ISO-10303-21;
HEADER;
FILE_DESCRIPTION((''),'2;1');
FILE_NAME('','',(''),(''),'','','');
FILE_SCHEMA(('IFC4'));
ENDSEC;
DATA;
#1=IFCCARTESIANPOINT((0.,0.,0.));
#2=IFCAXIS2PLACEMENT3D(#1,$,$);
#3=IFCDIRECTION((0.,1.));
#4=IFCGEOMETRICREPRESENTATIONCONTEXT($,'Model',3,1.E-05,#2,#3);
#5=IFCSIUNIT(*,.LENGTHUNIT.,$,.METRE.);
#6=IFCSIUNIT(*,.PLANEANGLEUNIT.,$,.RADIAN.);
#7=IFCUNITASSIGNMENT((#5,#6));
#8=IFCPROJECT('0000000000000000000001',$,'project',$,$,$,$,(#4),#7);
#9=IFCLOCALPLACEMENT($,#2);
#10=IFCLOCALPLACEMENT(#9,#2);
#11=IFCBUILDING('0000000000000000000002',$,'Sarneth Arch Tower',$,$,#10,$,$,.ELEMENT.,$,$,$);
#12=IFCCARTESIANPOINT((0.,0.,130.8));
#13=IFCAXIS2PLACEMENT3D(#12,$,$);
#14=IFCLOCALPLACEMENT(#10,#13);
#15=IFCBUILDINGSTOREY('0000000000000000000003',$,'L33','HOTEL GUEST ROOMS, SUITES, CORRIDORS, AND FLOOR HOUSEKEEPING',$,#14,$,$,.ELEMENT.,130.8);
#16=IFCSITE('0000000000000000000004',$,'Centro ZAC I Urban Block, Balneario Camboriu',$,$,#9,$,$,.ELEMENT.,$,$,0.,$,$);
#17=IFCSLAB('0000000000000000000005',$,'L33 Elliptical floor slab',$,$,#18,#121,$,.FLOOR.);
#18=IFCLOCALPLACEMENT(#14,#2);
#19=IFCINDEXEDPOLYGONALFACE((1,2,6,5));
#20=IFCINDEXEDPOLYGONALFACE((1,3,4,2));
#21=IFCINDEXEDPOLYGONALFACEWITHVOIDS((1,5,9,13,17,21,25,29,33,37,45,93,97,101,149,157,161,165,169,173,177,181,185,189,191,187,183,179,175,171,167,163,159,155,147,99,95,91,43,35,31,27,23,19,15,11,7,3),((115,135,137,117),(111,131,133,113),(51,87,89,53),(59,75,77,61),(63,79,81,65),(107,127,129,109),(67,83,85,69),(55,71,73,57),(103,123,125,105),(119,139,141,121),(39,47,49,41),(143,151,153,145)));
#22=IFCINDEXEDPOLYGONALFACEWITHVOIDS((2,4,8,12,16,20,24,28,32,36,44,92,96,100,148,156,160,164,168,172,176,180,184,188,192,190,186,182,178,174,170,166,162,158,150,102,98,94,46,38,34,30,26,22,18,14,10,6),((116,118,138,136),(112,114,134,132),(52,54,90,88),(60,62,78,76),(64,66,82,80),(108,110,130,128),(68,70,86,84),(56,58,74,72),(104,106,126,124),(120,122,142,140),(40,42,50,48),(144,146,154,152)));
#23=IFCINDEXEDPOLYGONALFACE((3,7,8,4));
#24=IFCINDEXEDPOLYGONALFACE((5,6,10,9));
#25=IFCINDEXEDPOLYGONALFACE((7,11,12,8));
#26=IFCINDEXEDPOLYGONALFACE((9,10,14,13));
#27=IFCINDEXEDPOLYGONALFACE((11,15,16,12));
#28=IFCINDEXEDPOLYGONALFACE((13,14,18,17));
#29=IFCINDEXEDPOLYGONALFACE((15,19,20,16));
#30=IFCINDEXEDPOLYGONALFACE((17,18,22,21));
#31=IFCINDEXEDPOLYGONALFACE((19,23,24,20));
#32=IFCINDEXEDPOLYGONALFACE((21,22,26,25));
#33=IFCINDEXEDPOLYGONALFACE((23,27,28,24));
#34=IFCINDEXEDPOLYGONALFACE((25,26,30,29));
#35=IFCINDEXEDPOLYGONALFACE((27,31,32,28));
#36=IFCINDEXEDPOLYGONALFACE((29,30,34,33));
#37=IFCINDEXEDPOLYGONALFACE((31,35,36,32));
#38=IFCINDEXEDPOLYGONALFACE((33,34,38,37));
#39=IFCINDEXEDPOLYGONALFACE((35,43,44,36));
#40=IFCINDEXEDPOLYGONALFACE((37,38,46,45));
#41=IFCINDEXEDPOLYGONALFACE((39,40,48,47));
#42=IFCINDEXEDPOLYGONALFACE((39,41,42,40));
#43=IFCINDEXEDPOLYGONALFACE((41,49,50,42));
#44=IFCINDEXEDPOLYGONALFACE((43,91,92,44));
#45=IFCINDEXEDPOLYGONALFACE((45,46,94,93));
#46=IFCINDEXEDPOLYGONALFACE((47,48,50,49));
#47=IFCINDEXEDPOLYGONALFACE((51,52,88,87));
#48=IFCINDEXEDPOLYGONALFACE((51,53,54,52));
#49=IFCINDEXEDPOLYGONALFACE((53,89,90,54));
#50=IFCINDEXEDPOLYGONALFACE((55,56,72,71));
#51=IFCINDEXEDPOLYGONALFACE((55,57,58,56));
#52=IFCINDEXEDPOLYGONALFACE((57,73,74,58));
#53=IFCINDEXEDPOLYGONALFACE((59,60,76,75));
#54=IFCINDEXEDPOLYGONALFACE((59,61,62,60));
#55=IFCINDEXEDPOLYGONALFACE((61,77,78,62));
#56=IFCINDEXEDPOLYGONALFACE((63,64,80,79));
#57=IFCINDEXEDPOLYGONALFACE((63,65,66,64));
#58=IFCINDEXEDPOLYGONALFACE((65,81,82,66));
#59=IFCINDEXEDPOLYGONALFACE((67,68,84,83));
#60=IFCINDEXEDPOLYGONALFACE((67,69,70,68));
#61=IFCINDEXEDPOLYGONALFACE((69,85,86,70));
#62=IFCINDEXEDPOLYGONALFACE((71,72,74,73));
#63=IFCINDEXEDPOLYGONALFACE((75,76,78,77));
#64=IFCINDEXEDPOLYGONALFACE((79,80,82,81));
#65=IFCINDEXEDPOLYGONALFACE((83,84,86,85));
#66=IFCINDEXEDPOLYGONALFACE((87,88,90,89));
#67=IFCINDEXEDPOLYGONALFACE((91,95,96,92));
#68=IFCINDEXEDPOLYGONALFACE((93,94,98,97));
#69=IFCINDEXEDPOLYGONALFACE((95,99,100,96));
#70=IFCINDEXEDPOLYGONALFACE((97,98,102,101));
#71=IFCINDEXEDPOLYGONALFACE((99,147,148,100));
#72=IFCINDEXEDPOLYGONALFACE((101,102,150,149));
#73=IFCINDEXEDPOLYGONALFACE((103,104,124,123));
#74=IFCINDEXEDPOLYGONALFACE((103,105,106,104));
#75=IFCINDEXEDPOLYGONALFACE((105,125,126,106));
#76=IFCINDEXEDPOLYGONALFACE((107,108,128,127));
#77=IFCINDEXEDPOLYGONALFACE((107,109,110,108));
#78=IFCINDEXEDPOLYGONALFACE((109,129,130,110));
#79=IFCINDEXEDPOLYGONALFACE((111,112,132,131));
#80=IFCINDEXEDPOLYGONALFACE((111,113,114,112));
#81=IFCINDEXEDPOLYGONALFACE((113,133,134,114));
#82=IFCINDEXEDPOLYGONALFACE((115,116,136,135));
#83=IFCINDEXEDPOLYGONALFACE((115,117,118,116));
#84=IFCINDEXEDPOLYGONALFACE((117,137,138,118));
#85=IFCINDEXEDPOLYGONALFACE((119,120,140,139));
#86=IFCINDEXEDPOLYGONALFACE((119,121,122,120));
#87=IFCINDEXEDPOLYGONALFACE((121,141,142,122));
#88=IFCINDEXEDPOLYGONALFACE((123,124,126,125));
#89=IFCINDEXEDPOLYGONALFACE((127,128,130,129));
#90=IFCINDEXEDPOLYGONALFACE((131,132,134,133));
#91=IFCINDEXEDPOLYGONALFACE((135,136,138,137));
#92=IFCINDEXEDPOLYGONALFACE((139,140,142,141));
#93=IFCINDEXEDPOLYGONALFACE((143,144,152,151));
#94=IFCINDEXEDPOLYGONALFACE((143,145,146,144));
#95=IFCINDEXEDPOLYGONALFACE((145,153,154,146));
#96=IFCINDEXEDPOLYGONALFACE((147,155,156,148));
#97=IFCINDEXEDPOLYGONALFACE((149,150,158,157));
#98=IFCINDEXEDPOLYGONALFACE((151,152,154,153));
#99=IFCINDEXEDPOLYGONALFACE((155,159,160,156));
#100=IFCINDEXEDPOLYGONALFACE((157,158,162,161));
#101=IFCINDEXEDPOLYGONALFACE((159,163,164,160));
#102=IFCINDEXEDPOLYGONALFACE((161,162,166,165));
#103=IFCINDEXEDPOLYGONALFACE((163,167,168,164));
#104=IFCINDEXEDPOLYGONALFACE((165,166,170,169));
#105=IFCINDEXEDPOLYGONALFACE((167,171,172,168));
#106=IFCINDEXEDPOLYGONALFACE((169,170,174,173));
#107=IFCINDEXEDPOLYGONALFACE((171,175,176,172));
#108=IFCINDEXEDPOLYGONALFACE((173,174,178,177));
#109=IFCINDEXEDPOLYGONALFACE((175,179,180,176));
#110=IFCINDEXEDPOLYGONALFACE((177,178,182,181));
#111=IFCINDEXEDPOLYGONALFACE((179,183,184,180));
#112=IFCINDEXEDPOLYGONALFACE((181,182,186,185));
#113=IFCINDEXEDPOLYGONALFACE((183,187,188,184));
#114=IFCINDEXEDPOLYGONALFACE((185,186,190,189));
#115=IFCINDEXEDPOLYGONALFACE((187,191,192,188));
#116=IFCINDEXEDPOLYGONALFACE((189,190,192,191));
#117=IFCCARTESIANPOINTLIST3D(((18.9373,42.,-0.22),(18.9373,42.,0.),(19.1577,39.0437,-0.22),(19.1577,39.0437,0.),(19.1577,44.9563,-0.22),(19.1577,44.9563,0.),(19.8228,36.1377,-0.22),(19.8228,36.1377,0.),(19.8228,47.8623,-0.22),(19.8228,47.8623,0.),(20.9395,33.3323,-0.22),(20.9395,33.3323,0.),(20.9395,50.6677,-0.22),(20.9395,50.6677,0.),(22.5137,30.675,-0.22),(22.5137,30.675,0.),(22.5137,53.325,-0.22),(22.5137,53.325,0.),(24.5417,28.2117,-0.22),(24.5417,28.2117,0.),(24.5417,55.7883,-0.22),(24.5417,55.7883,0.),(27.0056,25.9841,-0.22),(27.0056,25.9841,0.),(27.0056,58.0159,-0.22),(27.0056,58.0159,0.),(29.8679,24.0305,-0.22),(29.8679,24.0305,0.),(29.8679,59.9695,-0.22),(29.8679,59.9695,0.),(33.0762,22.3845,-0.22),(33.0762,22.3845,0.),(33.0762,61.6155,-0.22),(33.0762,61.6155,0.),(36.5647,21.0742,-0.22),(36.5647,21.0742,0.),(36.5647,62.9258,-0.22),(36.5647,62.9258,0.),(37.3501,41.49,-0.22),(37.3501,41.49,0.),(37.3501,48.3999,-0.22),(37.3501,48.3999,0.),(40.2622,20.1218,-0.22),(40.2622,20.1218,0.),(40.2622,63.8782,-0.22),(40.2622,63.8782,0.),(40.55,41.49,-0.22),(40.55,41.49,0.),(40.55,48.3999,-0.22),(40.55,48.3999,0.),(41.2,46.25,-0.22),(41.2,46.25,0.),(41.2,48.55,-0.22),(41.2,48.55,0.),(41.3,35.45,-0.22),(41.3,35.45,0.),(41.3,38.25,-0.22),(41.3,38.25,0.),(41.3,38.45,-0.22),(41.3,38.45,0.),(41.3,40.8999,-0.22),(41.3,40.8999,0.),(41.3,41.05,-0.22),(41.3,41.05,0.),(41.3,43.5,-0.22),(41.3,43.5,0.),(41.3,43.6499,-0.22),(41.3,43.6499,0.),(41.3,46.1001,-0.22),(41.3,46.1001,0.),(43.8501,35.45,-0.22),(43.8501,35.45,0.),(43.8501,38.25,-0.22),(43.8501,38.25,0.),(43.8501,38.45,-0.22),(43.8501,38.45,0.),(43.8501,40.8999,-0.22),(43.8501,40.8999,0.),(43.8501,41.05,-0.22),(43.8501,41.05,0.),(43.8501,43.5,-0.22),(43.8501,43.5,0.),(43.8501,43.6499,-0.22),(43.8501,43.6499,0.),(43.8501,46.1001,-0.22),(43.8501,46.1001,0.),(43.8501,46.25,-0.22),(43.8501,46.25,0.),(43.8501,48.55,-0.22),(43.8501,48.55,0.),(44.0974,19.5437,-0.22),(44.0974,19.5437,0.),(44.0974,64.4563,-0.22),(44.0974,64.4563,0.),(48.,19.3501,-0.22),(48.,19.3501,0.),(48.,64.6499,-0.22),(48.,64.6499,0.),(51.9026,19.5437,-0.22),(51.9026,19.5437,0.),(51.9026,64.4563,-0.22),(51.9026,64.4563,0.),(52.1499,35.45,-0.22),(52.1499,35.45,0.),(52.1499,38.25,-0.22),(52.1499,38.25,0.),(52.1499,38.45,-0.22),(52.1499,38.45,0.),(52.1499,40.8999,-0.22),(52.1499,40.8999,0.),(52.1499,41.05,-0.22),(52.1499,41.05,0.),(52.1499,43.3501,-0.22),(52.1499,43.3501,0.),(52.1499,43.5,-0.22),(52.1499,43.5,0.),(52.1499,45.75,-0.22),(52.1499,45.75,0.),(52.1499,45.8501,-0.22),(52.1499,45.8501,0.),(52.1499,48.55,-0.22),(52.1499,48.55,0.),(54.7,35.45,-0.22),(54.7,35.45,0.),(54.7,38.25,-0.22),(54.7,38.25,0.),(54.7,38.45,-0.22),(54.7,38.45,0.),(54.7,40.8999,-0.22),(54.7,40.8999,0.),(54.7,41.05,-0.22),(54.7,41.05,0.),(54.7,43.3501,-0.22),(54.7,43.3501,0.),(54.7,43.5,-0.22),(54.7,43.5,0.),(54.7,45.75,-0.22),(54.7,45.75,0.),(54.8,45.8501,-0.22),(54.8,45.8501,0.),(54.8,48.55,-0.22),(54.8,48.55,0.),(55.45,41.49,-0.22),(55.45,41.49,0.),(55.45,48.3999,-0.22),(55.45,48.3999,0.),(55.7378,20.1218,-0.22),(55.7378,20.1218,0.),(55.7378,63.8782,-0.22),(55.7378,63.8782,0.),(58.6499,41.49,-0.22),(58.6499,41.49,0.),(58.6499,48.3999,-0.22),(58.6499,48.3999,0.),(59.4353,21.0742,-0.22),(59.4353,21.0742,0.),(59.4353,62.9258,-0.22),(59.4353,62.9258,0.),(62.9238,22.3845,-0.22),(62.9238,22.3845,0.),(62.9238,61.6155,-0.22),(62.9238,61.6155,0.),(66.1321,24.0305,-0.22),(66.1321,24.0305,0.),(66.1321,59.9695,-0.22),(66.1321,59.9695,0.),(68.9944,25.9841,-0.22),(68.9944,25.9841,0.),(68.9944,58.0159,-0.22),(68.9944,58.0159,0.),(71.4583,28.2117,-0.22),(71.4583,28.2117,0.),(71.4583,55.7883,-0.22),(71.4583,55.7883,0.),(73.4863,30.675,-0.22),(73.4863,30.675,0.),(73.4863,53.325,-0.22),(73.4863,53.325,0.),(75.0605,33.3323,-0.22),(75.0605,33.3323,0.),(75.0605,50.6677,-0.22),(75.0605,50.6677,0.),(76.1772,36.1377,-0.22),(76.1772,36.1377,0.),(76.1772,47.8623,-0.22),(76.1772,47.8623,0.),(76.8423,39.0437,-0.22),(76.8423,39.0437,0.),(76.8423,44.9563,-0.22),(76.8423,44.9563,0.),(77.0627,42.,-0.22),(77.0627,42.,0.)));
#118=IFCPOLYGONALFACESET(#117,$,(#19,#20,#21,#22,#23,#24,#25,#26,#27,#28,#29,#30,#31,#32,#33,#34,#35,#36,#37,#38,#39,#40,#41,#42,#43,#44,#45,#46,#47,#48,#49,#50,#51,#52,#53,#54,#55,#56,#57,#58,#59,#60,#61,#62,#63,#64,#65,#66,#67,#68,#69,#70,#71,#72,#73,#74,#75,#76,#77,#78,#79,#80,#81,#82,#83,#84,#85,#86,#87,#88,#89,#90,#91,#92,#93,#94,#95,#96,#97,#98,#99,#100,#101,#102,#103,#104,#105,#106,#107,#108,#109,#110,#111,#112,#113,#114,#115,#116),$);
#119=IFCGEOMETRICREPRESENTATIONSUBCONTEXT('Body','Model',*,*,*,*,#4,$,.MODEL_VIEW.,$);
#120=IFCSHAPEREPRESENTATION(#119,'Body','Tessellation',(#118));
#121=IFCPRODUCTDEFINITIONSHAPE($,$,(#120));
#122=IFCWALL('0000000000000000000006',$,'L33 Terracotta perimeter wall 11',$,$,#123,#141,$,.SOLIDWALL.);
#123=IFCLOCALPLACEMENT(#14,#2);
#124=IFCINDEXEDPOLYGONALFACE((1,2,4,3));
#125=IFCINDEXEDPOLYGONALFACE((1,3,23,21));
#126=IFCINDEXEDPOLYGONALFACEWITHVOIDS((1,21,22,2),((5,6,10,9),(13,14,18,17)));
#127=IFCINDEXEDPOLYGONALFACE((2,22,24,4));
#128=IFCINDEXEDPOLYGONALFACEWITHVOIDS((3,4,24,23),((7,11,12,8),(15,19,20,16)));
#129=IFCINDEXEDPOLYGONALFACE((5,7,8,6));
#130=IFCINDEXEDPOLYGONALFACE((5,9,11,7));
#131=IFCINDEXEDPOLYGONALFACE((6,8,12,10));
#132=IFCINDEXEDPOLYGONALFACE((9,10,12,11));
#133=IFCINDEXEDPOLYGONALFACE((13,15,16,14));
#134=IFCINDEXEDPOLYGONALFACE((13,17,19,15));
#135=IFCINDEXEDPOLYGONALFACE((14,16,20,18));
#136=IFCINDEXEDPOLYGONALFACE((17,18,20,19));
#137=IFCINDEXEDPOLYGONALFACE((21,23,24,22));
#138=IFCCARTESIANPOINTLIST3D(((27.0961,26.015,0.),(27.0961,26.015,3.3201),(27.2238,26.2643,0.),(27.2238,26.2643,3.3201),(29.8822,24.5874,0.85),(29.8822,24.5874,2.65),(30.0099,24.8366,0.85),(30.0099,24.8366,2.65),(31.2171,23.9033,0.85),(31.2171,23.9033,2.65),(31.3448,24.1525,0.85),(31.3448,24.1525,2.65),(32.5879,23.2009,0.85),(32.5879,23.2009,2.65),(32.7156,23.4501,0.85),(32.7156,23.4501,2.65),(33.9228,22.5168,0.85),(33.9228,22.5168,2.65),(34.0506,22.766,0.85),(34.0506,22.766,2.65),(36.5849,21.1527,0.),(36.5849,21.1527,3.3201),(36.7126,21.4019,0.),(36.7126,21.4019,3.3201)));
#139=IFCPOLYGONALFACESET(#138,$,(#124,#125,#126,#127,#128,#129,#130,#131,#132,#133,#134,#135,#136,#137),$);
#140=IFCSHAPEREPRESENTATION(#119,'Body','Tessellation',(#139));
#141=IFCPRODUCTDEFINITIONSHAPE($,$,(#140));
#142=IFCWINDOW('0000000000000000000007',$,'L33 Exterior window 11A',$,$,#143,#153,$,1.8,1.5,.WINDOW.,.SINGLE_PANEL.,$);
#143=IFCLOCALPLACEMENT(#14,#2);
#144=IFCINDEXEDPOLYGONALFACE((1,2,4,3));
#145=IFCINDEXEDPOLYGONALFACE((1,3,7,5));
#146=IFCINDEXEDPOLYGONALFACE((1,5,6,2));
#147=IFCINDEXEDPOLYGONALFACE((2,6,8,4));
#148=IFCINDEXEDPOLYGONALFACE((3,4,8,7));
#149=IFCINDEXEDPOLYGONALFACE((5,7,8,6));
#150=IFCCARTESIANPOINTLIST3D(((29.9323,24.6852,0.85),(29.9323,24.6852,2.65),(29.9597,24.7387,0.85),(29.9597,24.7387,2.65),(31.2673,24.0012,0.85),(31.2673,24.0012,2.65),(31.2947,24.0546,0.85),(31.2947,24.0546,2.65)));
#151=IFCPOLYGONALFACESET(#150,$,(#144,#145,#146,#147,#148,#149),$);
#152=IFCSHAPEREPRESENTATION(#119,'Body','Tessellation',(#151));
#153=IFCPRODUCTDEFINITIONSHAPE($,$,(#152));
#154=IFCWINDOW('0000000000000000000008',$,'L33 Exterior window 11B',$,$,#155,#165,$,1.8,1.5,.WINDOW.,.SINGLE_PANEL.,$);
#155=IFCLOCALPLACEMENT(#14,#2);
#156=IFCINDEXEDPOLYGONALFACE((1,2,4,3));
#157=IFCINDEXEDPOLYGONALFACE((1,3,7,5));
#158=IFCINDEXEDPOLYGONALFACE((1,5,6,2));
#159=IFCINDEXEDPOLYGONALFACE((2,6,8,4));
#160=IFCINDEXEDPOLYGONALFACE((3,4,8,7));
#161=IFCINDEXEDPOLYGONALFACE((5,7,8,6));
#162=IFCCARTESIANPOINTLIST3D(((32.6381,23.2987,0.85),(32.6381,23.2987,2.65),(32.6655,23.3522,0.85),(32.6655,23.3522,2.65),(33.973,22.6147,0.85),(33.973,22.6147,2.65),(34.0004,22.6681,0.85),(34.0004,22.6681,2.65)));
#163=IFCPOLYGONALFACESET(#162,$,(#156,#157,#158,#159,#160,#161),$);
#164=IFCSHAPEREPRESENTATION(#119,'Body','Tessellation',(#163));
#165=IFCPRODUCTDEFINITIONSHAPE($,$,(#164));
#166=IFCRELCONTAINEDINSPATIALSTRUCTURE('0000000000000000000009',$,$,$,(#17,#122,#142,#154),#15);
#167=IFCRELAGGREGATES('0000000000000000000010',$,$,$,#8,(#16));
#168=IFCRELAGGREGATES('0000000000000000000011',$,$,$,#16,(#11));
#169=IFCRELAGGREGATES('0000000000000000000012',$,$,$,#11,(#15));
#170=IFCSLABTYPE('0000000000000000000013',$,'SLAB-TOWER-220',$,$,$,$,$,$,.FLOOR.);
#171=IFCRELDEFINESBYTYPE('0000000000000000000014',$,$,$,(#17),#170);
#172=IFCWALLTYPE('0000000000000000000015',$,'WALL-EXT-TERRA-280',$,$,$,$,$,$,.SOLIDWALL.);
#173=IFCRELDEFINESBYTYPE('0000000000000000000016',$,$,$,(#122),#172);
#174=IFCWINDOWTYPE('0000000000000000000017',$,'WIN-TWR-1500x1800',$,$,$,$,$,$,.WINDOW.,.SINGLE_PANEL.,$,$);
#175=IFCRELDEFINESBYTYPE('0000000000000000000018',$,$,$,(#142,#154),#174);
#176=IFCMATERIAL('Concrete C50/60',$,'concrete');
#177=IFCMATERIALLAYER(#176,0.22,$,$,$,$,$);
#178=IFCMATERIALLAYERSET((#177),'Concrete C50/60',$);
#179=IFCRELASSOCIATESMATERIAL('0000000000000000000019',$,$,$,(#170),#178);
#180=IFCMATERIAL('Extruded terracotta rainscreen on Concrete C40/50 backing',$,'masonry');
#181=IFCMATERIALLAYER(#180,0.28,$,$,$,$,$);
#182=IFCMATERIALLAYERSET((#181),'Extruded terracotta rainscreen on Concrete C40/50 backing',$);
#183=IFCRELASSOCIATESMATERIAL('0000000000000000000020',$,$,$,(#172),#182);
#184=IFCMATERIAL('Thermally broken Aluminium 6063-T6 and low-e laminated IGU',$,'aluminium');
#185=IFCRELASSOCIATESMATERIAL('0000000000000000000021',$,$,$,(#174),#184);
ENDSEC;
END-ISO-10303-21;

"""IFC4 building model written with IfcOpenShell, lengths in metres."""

from ifc_helpers import new_model, si_unit, direction, frame, frame_2d, origin, place, context, subcontext, project, spatial, polyline, rectangle, outline, extrude, material, layer, layer_set, type_object, element, fill, save


model = new_model("IFC4")

# Units and contexts
model_context = context("Model", 3, precision=1e-05, world=origin(), true_north=direction((0.0, 1.0)))
body_context = subcontext(model_context, "Body", "Model", "MODEL_VIEW")
ifc_project = project(units=[si_unit("LENGTHUNIT", "METRE"), si_unit("PLANEANGLEUNIT", "RADIAN")], contexts=[model_context])

# Site, building, storey
site_placement = place(None, origin())
site = spatial("IfcSite", under=ifc_project, at=site_placement, Name="Centro ZAC I Urban Block, Balneario Camboriu", CompositionType="ELEMENT", RefElevation=0.0)
building_placement = place(site_placement, origin())
building = spatial("IfcBuilding", under=site, at=building_placement, Name="Sarneth Arch Tower", CompositionType="ELEMENT")
storey_placement = place(building_placement, frame((0.0, 0.0, 130.8)))
storey = spatial("IfcBuildingStorey", under=building, at=storey_placement, Name="L33", Description="HOTEL GUEST ROOMS, SUITES, CORRIDORS, AND FLOOR HOUSEKEEPING", CompositionType="ELEMENT", Elevation=130.8)

# Slab
ifc_material_1 = material(Name="Concrete C50/60", Category="concrete")
ifc_layer_1 = layer(ifc_material_1, 0.22)
ifc_layer_set_1 = layer_set([ifc_layer_1], Name="Concrete C50/60")
slab_type_1 = type_object("IfcSlabType", Name="SLAB-TOWER-220", PredefinedType="FLOOR", material=ifc_layer_set_1)
slab_1_placement = place(storey_placement, frame((0.0, 0.0, -0.22)))
element("IfcSlab", 1, at=slab_1_placement, inside=storey, type_object=slab_type_1, Name="L33 Elliptical floor slab", PredefinedType="FLOOR", context=body_context, shape_type="SweptSolid", body=[
    extrude(outline(polyline([(77.0627, 42.0), (76.8423, 44.9563), (76.1772, 47.8623), (75.0605, 50.6677), (73.4863, 53.325), (71.4583, 55.7883), (68.9944, 58.0159), (66.1321, 59.9695), (62.9238, 61.6155), (59.4353, 62.9258), (55.7378, 63.8782), (51.9026, 64.4563), (48.0, 64.6499), (44.0974, 64.4563), (40.2622, 63.8782), (36.5647, 62.9258), (33.0762, 61.6155), (29.8679, 59.9695), (27.0056, 58.0159), (24.5417, 55.7883), (22.5137, 53.325), (20.9395, 50.6677), (19.8228, 47.8623), (19.1577, 44.9563), (18.9373, 42.0), (19.1577, 39.0437), (19.8228, 36.1377), (20.9395, 33.3323), (22.5137, 30.675), (24.5417, 28.2117), (27.0056, 25.9841), (29.8679, 24.0305), (33.0762, 22.3845), (36.5647, 21.0742), (40.2622, 20.1218), (44.0974, 19.5437), (48.0, 19.3501), (51.9026, 19.5437), (55.7378, 20.1218), (59.4353, 21.0742), (62.9238, 22.3845), (66.1321, 24.0305), (68.9944, 25.9841), (71.4583, 28.2117), (73.4863, 30.675), (75.0605, 33.3323), (76.1772, 36.1377), (76.8423, 39.0437), (77.0627, 42.0)]), holes=[polyline([(37.3501, 41.49), (40.55, 41.49), (40.55, 48.3999), (37.3501, 48.3999), (37.3501, 41.49)]), polyline([(55.45, 41.49), (58.6499, 41.49), (58.6499, 48.3999), (55.45, 48.3999), (55.45, 41.49)]), polyline([(41.2, 46.25), (43.8501, 46.25), (43.8501, 48.55), (41.2, 48.55), (41.2, 46.25)]), polyline([(41.3, 35.45), (43.8501, 35.45), (43.8501, 38.25), (41.3, 38.25), (41.3, 35.45)]), polyline([(52.1499, 35.45), (54.7, 35.45), (54.7, 38.25), (52.1499, 38.25), (52.1499, 35.45)]), polyline([(52.1499, 45.8501), (54.8, 45.8501), (54.8, 48.55), (52.1499, 48.55), (52.1499, 45.8501)]), polyline([(41.3, 38.45), (43.8501, 38.45), (43.8501, 40.8999), (41.3, 40.8999), (41.3, 38.45)]), polyline([(41.3, 41.05), (43.8501, 41.05), (43.8501, 43.5), (41.3, 43.5), (41.3, 41.05)]), polyline([(41.3, 43.6499), (43.8501, 43.6499), (43.8501, 46.1001), (41.3, 46.1001), (41.3, 43.6499)]), polyline([(52.1499, 38.45), (54.7, 38.45), (54.7, 40.8999), (52.1499, 40.8999), (52.1499, 38.45)]), polyline([(52.1499, 41.05), (54.7, 41.05), (54.7, 43.3501), (52.1499, 43.3501), (52.1499, 41.05)]), polyline([(52.1499, 43.5), (54.7, 43.5), (54.7, 45.75), (52.1499, 45.75), (52.1499, 43.5)])]), origin(), (0.0, 0.0, 1.0), 0.22),
])

# Wall, openings, windows
ifc_material_2 = material(Name="Extruded terracotta rainscreen on Concrete C40/50 backing", Category="masonry")
ifc_layer_2 = layer(ifc_material_2, 0.28)
ifc_layer_set_2 = layer_set([ifc_layer_2], Name="Extruded terracotta rainscreen on Concrete C40/50 backing")
wall_type_1 = type_object("IfcWallType", Name="WALL-EXT-TERRA-280", PredefinedType="SOLIDWALL", material=ifc_layer_set_2)
wall_1_placement = place(storey_placement, frame((27.1599, 26.1396, 0.0), z_axis=(0.0, 0.0, 1.0), x_axis=(0.88996, -0.45604, 0.0)))
wall_1 = element("IfcWall", 2, at=wall_1_placement, inside=storey, type_object=wall_type_1, Name="L33 Terracotta perimeter wall 11", PredefinedType="SOLIDWALL", context=body_context, shape_type="SweptSolid", body=[
    extrude(rectangle(XDim=10.6621, YDim=0.28, at=frame_2d((5.3311, 0.0))), origin(), (0.0, 0.0, 1.0), 3.3201),
])
opening_1_placement = place(wall_1_placement, frame((3.1306, 0.0, 0.8501)))
opening_1 = element("IfcOpeningElement", 3, at=opening_1_placement, cuts=wall_1, PredefinedType="OPENING", context=body_context, shape_type="SweptSolid", body=[
    extrude(rectangle(XDim=1.5, YDim=1.8, at=frame_2d((0.75, 0.8999))), frame((0.0, 0.1499, 0.0), z_axis=(0.0, -1.0, 0.0), x_axis=(1.0, 0.0, 0.0)), (0.0, 0.0, 1.0), 0.3),
])
opening_2_placement = place(wall_1_placement, frame((6.1709, 0.0, 0.8501)))
opening_2 = element("IfcOpeningElement", 4, at=opening_2_placement, cuts=wall_1, PredefinedType="OPENING", context=body_context, shape_type="SweptSolid", body=[
    extrude(rectangle(XDim=1.5, YDim=1.8, at=frame_2d((0.75, 0.8999))), frame((0.0, 0.1499, 0.0), z_axis=(0.0, -1.0, 0.0), x_axis=(1.0, 0.0, 0.0)), (0.0, 0.0, 1.0), 0.3),
])
ifc_material_3 = material(Name="Thermally broken Aluminium 6063-T6 and low-e laminated IGU", Category="aluminium")
window_type = type_object("IfcWindowType", Name="WIN-TWR-1500x1800", PartitioningType="SINGLE_PANEL", PredefinedType="WINDOW", material=ifc_material_3)
window_1_placement = place(opening_1_placement, origin())
window_1 = element("IfcWindow", 5, at=window_1_placement, inside=storey, type_object=window_type, Name="L33 Exterior window 11A", OverallHeight=1.8, OverallWidth=1.5, PartitioningType="SINGLE_PANEL", PredefinedType="WINDOW", context=body_context, shape_type="SweptSolid", body=[
    extrude(rectangle(XDim=1.5, YDim=1.8, at=frame_2d((0.75, 0.8999))), frame((0.0, 0.03, 0.0), z_axis=(0.0, -1.0, 0.0), x_axis=(1.0, 0.0, 0.0)), (0.0, 0.0, 1.0), 0.0601),
])
fill(opening_1, window_1)
window_2_placement = place(opening_2_placement, origin())
window_2 = element("IfcWindow", 6, at=window_2_placement, inside=storey, type_object=window_type, Name="L33 Exterior window 11B", OverallHeight=1.8, OverallWidth=1.5, PartitioningType="SINGLE_PANEL", PredefinedType="WINDOW", context=body_context, shape_type="SweptSolid", body=[
    extrude(rectangle(XDim=1.5, YDim=1.8, at=frame_2d((0.75, 0.8999))), frame((0.0, 0.03, 0.0), z_axis=(0.0, -1.0, 0.0), x_axis=(1.0, 0.0, 0.0)), (0.0, 0.0, 1.0), 0.0601),
])
fill(opening_2, window_2)

save(model, "model.ifc")
